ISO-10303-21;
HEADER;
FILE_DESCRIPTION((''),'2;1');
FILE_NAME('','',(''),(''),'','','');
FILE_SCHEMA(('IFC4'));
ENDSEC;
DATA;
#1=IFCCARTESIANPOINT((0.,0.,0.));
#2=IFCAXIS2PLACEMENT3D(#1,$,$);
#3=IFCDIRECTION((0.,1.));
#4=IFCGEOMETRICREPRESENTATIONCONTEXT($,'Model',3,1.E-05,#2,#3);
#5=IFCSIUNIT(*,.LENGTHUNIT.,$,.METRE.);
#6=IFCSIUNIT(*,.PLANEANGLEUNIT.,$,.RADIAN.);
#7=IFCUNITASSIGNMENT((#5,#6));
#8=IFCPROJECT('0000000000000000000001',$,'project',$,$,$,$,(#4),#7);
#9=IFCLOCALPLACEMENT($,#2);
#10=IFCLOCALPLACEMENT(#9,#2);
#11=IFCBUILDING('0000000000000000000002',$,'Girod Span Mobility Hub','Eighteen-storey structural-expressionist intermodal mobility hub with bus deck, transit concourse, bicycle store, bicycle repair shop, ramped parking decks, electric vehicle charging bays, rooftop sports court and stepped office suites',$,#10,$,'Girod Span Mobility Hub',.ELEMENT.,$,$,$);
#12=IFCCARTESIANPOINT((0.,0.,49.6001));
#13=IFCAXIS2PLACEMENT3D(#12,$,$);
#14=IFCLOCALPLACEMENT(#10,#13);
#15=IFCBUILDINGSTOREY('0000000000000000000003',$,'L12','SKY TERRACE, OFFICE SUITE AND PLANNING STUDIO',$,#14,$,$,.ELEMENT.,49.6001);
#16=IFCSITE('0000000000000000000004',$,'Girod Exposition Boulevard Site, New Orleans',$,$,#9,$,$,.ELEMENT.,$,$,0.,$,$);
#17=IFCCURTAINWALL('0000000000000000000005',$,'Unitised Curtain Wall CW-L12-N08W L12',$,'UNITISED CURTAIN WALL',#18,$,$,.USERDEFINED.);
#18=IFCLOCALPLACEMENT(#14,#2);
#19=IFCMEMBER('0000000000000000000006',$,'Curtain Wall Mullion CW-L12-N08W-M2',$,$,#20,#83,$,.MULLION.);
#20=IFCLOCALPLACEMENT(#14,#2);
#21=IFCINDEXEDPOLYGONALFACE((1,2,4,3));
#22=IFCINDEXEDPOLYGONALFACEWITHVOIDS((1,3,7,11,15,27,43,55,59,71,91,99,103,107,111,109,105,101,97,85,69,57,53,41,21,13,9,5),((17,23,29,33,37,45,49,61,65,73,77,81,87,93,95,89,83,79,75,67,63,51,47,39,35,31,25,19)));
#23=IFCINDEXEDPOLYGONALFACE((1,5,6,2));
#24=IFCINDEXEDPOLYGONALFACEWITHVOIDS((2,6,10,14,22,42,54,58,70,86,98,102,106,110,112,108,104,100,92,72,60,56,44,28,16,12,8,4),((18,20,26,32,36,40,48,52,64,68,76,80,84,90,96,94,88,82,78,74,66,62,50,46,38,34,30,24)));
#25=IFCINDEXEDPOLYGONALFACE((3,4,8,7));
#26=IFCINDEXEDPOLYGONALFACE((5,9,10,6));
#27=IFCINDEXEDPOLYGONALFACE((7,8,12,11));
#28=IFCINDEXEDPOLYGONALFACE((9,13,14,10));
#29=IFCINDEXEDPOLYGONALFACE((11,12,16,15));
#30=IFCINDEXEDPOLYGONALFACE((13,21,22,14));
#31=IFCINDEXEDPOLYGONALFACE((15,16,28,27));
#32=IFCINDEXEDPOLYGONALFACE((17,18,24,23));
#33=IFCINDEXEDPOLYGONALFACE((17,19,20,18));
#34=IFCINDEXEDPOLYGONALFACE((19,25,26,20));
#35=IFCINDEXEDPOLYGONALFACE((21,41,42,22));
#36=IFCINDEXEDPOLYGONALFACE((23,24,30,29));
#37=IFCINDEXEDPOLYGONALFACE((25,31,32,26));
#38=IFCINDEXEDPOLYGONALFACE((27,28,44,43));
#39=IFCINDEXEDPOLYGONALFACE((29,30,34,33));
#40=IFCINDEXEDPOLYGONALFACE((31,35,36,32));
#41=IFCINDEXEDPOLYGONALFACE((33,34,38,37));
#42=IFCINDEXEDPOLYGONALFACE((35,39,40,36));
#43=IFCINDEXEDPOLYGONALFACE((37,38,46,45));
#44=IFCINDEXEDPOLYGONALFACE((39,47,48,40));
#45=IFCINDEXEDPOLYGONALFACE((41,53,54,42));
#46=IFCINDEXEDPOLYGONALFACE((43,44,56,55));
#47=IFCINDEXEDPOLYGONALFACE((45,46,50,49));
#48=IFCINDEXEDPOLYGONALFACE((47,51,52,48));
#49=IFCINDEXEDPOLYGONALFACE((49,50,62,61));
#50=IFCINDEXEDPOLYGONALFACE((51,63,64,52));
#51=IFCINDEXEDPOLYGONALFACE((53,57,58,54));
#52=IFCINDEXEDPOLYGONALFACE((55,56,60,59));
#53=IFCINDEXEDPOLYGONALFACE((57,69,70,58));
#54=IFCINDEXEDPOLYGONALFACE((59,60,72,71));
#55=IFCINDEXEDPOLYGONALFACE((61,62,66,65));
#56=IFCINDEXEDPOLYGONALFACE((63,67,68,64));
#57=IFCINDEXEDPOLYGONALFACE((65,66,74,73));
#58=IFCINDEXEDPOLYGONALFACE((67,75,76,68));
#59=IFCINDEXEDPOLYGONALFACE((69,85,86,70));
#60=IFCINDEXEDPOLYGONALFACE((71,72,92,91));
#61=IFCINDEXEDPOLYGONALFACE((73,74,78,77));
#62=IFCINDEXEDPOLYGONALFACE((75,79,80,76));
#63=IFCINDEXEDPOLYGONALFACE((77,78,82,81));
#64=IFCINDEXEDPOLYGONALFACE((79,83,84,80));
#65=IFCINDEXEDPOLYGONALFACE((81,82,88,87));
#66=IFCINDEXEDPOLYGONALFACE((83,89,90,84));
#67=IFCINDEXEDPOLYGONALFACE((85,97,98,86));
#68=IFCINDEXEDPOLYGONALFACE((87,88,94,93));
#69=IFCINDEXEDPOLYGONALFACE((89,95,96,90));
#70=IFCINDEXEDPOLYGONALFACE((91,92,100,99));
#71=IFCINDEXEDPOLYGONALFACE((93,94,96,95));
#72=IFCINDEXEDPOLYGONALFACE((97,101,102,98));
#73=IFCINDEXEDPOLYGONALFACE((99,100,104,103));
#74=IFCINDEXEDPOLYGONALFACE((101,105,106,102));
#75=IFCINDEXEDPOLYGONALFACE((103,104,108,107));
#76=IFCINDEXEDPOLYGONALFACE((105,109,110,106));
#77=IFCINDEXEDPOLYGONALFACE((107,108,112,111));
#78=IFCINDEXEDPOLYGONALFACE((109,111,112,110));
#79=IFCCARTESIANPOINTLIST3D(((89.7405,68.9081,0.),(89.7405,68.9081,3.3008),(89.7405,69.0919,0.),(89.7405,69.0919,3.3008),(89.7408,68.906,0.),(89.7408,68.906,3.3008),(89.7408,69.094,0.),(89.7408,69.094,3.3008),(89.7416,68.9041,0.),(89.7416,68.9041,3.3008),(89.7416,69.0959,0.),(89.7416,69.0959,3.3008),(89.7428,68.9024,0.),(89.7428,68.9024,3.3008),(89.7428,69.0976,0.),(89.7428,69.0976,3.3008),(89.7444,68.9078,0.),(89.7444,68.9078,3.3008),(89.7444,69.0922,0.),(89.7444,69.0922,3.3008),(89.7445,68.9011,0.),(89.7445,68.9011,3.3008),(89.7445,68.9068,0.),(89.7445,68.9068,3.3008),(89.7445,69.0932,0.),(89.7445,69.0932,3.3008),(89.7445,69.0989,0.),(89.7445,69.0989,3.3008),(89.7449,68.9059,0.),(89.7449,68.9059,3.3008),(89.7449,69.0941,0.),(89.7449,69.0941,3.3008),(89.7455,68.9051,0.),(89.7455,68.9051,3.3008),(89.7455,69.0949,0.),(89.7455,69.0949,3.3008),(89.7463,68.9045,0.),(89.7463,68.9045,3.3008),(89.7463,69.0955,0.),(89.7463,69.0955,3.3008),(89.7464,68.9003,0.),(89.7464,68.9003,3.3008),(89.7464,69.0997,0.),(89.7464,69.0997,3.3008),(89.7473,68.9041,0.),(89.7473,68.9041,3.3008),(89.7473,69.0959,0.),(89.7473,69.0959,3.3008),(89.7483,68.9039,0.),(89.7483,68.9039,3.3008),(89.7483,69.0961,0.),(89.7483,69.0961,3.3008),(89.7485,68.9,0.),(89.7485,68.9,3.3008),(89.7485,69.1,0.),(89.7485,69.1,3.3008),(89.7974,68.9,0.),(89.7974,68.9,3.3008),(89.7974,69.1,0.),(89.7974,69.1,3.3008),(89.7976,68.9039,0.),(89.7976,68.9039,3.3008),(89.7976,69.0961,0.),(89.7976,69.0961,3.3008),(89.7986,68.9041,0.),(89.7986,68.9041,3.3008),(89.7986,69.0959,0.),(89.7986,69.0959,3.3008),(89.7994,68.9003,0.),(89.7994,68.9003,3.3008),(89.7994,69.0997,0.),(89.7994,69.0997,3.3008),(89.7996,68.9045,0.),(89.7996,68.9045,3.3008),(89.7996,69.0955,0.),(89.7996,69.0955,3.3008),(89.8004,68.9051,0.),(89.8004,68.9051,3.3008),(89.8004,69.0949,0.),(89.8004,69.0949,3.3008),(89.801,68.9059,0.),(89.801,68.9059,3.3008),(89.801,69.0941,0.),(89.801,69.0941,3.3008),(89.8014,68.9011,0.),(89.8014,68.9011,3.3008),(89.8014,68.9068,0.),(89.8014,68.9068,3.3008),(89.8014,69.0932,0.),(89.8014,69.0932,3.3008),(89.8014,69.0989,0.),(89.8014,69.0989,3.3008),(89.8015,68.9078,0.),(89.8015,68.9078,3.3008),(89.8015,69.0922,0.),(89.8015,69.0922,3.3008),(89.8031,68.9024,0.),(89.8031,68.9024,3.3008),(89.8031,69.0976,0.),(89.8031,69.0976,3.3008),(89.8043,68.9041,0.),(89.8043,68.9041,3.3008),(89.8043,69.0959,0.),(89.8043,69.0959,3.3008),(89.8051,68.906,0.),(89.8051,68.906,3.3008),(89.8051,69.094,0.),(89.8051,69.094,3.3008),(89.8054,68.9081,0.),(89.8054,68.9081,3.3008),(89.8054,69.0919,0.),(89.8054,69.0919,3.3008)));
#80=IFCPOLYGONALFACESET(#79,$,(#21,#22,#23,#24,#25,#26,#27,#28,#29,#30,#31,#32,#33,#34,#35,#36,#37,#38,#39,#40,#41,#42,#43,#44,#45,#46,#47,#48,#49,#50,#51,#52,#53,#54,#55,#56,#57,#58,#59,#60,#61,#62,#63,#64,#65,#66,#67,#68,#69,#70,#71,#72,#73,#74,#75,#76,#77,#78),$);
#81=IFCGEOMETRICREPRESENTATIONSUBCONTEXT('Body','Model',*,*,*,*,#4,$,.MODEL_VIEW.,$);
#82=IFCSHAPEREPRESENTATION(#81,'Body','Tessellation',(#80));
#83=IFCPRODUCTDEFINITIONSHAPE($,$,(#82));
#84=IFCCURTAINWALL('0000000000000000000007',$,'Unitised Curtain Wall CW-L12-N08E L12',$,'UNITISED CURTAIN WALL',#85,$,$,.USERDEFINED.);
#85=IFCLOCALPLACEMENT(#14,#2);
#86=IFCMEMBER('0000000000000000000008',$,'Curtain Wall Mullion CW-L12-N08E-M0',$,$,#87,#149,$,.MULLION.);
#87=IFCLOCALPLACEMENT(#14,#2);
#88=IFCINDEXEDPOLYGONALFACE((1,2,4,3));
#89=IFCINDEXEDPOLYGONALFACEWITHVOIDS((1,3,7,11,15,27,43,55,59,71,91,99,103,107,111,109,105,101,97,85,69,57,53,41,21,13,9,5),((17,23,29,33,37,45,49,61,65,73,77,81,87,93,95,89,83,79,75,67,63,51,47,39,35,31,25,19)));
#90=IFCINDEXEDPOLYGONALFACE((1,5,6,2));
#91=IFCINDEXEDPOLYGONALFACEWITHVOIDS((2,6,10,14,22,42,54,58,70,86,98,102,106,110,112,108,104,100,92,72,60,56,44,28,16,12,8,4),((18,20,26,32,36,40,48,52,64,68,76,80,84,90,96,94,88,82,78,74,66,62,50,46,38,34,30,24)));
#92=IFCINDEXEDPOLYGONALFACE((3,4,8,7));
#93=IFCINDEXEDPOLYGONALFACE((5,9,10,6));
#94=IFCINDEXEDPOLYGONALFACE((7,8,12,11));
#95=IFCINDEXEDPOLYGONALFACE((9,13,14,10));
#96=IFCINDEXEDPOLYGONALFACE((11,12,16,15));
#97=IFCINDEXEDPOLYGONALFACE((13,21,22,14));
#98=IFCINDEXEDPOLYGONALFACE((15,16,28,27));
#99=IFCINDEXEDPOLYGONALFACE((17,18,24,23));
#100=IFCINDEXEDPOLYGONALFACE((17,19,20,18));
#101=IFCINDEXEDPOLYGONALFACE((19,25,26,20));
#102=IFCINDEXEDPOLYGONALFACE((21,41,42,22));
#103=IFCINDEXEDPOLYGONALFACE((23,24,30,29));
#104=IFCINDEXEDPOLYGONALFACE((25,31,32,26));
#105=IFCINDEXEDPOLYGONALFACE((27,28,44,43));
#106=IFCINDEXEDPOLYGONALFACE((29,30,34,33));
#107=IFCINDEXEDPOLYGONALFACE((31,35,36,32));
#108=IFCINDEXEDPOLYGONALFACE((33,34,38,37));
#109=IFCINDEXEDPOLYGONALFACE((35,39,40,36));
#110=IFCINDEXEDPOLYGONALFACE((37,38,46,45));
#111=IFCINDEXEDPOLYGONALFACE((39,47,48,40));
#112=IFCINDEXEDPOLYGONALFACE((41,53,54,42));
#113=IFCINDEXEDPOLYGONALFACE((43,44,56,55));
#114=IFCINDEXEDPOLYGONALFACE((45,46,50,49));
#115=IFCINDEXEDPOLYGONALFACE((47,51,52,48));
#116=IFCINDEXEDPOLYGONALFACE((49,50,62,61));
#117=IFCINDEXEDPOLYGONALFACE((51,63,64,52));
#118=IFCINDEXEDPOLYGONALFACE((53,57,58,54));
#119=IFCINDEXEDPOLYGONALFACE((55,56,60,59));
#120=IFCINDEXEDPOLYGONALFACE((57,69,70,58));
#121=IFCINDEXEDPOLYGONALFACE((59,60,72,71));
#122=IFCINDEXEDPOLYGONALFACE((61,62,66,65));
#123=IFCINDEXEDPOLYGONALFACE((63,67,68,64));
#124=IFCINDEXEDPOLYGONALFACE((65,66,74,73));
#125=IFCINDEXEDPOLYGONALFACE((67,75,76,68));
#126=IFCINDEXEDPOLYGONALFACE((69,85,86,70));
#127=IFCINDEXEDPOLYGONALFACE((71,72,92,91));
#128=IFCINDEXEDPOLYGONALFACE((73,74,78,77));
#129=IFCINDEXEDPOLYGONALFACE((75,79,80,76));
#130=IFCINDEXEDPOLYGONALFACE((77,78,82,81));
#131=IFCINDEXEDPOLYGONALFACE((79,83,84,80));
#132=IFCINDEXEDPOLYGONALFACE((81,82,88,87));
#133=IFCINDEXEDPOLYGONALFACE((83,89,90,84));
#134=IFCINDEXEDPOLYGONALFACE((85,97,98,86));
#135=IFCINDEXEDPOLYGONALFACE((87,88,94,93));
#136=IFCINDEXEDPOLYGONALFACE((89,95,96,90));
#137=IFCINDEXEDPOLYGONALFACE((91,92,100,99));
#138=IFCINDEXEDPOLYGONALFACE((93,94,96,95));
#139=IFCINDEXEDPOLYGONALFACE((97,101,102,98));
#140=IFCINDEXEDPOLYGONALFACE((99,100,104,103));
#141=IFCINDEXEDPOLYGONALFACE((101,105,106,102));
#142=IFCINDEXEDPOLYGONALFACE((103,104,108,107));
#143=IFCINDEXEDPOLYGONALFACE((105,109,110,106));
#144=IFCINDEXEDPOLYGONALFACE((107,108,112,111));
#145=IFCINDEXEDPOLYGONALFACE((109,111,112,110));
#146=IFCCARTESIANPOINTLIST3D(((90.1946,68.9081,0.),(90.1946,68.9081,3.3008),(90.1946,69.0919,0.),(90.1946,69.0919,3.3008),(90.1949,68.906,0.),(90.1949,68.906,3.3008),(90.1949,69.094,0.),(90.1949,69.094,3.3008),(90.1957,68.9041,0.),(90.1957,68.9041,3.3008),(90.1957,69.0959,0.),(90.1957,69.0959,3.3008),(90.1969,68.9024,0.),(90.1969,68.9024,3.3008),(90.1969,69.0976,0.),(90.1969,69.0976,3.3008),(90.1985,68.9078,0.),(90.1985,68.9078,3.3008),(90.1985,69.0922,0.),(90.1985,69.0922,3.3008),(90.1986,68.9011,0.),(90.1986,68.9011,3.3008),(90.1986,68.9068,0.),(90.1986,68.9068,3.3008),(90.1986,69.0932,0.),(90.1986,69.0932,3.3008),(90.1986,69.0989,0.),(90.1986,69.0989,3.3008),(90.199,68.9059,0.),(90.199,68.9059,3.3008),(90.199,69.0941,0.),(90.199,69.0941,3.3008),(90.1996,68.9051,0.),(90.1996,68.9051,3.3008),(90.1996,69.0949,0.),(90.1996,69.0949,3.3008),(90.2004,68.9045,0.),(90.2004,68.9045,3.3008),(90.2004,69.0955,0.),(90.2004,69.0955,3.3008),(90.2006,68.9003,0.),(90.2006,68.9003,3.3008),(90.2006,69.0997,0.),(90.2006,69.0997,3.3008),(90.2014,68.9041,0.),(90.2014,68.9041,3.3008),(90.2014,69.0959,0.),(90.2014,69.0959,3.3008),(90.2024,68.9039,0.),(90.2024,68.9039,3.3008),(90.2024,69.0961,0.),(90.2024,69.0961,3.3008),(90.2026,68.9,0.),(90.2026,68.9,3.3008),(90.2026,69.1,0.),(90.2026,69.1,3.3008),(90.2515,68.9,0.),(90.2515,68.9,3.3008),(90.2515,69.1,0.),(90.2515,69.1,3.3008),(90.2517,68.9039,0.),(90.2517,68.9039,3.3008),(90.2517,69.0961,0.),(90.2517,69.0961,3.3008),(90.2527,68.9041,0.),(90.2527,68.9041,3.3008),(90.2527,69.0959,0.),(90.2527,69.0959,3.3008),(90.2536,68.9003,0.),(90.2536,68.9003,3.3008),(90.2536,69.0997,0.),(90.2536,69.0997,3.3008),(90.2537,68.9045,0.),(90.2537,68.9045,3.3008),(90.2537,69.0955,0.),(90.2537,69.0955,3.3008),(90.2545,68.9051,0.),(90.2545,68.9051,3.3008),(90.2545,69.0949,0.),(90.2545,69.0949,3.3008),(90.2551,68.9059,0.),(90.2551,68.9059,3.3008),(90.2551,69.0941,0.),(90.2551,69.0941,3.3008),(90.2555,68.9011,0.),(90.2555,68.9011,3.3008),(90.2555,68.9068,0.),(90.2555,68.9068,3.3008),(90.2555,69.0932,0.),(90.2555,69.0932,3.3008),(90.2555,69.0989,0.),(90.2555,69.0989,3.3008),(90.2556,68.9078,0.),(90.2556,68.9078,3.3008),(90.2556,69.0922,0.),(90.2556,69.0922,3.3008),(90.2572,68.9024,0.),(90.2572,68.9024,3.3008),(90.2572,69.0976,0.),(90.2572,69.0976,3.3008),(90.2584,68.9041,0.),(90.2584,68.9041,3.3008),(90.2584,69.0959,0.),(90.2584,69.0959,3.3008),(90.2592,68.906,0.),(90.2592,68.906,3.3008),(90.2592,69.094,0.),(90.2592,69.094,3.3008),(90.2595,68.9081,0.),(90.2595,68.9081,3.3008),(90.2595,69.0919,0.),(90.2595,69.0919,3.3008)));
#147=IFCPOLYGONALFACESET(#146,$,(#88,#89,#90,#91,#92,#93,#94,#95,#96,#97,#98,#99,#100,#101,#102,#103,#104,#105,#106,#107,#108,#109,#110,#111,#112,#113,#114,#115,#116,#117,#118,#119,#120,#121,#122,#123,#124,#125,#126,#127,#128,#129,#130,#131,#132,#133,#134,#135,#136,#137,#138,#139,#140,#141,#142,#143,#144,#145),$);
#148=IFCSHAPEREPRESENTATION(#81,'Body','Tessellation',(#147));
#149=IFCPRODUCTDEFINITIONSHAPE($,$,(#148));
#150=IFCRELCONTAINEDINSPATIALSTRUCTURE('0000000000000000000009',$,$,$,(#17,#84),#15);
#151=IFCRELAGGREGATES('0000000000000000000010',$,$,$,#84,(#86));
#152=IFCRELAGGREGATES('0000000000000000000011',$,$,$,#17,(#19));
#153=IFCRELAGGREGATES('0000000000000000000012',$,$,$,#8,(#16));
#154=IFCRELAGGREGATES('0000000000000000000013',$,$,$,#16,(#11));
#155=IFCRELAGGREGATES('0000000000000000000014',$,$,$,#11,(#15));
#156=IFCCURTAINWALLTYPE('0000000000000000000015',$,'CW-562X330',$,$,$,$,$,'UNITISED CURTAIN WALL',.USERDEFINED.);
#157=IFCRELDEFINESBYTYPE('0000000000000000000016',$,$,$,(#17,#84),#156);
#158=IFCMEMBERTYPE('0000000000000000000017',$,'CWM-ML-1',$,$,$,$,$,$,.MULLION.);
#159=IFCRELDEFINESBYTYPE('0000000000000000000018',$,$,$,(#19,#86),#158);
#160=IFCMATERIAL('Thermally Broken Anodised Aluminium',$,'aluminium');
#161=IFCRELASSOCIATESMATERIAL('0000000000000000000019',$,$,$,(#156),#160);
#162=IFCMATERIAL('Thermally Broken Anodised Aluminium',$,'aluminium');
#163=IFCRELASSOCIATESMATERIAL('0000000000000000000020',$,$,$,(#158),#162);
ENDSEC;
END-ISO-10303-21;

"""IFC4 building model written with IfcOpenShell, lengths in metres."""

from ifc_helpers import new_model, si_unit, direction, frame, origin, origin_2d, place, context, subcontext, project, spatial, hollow_rectangle, extrude, material, material_profile, profile_set, type_object, element, aggregate, save


model = new_model("IFC4")

# Units and contexts
model_context = context("Model", 3, precision=1e-05, world=origin(), true_north=direction((0.0, 1.0)))
body_context = subcontext(model_context, "Body", "Model", "MODEL_VIEW")
ifc_project = project(units=[si_unit("LENGTHUNIT", "METRE"), si_unit("PLANEANGLEUNIT", "RADIAN")], contexts=[model_context])

# Site, building, storey
site_placement = place(None, origin())
site = spatial("IfcSite", under=ifc_project, at=site_placement, Name="Girod Exposition Boulevard Site, New Orleans", CompositionType="ELEMENT", RefElevation=0.0)
building_placement = place(site_placement, origin())
building = spatial("IfcBuilding", under=site, at=building_placement, Name="Girod Span Mobility Hub", Description="Eighteen-storey structural-expressionist intermodal mobility hub with bus deck, transit concourse, bicycle store, bicycle repair shop, ramped parking decks, electric vehicle charging bays, rooftop sports court and stepped office suites", LongName="Girod Span Mobility Hub", CompositionType="ELEMENT")
storey_placement = place(building_placement, frame((0.0, 0.0, 49.6001)))
storey = spatial("IfcBuildingStorey", under=building, at=storey_placement, Name="L12", Description="SKY TERRACE, OFFICE SUITE AND PLANNING STUDIO", CompositionType="ELEMENT", Elevation=49.6001)

# Curtain wall, member
ifc_material_1 = material(Name="Thermally Broken Anodised Aluminium", Category="aluminium")
curtain_wall_type = type_object("IfcCurtainWallType", Name="CW-562X330", ElementType="UNITISED CURTAIN WALL", PredefinedType="USERDEFINED", material=ifc_material_1)
ifc_material_2 = material(Name="Thermally Broken Anodised Aluminium", Category="aluminium")
ifc_material_profile_1 = material_profile(ifc_material_2, hollow_rectangle(XDim=0.2, YDim=0.0649, WallThickness=0.0039, InnerFilletRadius=0.0039, OuterFilletRadius=0.0081, at=origin_2d()), Name="CW-ML-65X200")
ifc_profile_set_1 = profile_set([ifc_material_profile_1], Name="Thermally Broken Anodised Aluminium")
member_type_1 = type_object("IfcMemberType", Name="CWM-ML-1", PredefinedType="MULLION", material=ifc_profile_set_1)
curtain_wall_1_placement = place(storey_placement, origin())
curtain_wall_1 = element("IfcCurtainWall", 1, at=curtain_wall_1_placement, inside=storey, type_object=curtain_wall_type, Name="Unitised Curtain Wall CW-L12-N08W L12", ObjectType="UNITISED CURTAIN WALL", PredefinedType="USERDEFINED")
member_1_placement = place(storey_placement, frame((89.7729, 69.0, 0.0), z_axis=(0.0, 0.0, 1.0), x_axis=(0.0, 1.0, 0.0)))
member_1 = element("IfcMember", 2, at=member_1_placement, type_object=member_type_1, Name="Curtain Wall Mullion CW-L12-N08W-M2", PredefinedType="MULLION", context=body_context, shape_type="SweptSolid", body=[
    extrude(hollow_rectangle(XDim=0.2, YDim=0.0649, WallThickness=0.0039, InnerFilletRadius=0.0039, OuterFilletRadius=0.0081, at=origin_2d()), origin(), (0.0, 0.0, 1.0), 3.3008),
])

# Curtain wall, member
curtain_wall_2_placement = place(storey_placement, origin())
curtain_wall_2 = element("IfcCurtainWall", 3, at=curtain_wall_2_placement, inside=storey, type_object=curtain_wall_type, Name="Unitised Curtain Wall CW-L12-N08E L12", ObjectType="UNITISED CURTAIN WALL", PredefinedType="USERDEFINED")
member_2_placement = place(storey_placement, frame((90.2271, 69.0, 0.0), z_axis=(0.0, 0.0, 1.0), x_axis=(0.0, 1.0, 0.0)))
member_2 = element("IfcMember", 4, at=member_2_placement, type_object=member_type_1, Name="Curtain Wall Mullion CW-L12-N08E-M0", PredefinedType="MULLION", context=body_context, shape_type="SweptSolid", body=[
    extrude(hollow_rectangle(XDim=0.2, YDim=0.0649, WallThickness=0.0039, InnerFilletRadius=0.0039, OuterFilletRadius=0.0081, at=origin_2d()), origin(), (0.0, 0.0, 1.0), 3.3008),
])

aggregate(curtain_wall_2, [member_2])

aggregate(curtain_wall_1, [member_1])

save(model, "model.ifc")
